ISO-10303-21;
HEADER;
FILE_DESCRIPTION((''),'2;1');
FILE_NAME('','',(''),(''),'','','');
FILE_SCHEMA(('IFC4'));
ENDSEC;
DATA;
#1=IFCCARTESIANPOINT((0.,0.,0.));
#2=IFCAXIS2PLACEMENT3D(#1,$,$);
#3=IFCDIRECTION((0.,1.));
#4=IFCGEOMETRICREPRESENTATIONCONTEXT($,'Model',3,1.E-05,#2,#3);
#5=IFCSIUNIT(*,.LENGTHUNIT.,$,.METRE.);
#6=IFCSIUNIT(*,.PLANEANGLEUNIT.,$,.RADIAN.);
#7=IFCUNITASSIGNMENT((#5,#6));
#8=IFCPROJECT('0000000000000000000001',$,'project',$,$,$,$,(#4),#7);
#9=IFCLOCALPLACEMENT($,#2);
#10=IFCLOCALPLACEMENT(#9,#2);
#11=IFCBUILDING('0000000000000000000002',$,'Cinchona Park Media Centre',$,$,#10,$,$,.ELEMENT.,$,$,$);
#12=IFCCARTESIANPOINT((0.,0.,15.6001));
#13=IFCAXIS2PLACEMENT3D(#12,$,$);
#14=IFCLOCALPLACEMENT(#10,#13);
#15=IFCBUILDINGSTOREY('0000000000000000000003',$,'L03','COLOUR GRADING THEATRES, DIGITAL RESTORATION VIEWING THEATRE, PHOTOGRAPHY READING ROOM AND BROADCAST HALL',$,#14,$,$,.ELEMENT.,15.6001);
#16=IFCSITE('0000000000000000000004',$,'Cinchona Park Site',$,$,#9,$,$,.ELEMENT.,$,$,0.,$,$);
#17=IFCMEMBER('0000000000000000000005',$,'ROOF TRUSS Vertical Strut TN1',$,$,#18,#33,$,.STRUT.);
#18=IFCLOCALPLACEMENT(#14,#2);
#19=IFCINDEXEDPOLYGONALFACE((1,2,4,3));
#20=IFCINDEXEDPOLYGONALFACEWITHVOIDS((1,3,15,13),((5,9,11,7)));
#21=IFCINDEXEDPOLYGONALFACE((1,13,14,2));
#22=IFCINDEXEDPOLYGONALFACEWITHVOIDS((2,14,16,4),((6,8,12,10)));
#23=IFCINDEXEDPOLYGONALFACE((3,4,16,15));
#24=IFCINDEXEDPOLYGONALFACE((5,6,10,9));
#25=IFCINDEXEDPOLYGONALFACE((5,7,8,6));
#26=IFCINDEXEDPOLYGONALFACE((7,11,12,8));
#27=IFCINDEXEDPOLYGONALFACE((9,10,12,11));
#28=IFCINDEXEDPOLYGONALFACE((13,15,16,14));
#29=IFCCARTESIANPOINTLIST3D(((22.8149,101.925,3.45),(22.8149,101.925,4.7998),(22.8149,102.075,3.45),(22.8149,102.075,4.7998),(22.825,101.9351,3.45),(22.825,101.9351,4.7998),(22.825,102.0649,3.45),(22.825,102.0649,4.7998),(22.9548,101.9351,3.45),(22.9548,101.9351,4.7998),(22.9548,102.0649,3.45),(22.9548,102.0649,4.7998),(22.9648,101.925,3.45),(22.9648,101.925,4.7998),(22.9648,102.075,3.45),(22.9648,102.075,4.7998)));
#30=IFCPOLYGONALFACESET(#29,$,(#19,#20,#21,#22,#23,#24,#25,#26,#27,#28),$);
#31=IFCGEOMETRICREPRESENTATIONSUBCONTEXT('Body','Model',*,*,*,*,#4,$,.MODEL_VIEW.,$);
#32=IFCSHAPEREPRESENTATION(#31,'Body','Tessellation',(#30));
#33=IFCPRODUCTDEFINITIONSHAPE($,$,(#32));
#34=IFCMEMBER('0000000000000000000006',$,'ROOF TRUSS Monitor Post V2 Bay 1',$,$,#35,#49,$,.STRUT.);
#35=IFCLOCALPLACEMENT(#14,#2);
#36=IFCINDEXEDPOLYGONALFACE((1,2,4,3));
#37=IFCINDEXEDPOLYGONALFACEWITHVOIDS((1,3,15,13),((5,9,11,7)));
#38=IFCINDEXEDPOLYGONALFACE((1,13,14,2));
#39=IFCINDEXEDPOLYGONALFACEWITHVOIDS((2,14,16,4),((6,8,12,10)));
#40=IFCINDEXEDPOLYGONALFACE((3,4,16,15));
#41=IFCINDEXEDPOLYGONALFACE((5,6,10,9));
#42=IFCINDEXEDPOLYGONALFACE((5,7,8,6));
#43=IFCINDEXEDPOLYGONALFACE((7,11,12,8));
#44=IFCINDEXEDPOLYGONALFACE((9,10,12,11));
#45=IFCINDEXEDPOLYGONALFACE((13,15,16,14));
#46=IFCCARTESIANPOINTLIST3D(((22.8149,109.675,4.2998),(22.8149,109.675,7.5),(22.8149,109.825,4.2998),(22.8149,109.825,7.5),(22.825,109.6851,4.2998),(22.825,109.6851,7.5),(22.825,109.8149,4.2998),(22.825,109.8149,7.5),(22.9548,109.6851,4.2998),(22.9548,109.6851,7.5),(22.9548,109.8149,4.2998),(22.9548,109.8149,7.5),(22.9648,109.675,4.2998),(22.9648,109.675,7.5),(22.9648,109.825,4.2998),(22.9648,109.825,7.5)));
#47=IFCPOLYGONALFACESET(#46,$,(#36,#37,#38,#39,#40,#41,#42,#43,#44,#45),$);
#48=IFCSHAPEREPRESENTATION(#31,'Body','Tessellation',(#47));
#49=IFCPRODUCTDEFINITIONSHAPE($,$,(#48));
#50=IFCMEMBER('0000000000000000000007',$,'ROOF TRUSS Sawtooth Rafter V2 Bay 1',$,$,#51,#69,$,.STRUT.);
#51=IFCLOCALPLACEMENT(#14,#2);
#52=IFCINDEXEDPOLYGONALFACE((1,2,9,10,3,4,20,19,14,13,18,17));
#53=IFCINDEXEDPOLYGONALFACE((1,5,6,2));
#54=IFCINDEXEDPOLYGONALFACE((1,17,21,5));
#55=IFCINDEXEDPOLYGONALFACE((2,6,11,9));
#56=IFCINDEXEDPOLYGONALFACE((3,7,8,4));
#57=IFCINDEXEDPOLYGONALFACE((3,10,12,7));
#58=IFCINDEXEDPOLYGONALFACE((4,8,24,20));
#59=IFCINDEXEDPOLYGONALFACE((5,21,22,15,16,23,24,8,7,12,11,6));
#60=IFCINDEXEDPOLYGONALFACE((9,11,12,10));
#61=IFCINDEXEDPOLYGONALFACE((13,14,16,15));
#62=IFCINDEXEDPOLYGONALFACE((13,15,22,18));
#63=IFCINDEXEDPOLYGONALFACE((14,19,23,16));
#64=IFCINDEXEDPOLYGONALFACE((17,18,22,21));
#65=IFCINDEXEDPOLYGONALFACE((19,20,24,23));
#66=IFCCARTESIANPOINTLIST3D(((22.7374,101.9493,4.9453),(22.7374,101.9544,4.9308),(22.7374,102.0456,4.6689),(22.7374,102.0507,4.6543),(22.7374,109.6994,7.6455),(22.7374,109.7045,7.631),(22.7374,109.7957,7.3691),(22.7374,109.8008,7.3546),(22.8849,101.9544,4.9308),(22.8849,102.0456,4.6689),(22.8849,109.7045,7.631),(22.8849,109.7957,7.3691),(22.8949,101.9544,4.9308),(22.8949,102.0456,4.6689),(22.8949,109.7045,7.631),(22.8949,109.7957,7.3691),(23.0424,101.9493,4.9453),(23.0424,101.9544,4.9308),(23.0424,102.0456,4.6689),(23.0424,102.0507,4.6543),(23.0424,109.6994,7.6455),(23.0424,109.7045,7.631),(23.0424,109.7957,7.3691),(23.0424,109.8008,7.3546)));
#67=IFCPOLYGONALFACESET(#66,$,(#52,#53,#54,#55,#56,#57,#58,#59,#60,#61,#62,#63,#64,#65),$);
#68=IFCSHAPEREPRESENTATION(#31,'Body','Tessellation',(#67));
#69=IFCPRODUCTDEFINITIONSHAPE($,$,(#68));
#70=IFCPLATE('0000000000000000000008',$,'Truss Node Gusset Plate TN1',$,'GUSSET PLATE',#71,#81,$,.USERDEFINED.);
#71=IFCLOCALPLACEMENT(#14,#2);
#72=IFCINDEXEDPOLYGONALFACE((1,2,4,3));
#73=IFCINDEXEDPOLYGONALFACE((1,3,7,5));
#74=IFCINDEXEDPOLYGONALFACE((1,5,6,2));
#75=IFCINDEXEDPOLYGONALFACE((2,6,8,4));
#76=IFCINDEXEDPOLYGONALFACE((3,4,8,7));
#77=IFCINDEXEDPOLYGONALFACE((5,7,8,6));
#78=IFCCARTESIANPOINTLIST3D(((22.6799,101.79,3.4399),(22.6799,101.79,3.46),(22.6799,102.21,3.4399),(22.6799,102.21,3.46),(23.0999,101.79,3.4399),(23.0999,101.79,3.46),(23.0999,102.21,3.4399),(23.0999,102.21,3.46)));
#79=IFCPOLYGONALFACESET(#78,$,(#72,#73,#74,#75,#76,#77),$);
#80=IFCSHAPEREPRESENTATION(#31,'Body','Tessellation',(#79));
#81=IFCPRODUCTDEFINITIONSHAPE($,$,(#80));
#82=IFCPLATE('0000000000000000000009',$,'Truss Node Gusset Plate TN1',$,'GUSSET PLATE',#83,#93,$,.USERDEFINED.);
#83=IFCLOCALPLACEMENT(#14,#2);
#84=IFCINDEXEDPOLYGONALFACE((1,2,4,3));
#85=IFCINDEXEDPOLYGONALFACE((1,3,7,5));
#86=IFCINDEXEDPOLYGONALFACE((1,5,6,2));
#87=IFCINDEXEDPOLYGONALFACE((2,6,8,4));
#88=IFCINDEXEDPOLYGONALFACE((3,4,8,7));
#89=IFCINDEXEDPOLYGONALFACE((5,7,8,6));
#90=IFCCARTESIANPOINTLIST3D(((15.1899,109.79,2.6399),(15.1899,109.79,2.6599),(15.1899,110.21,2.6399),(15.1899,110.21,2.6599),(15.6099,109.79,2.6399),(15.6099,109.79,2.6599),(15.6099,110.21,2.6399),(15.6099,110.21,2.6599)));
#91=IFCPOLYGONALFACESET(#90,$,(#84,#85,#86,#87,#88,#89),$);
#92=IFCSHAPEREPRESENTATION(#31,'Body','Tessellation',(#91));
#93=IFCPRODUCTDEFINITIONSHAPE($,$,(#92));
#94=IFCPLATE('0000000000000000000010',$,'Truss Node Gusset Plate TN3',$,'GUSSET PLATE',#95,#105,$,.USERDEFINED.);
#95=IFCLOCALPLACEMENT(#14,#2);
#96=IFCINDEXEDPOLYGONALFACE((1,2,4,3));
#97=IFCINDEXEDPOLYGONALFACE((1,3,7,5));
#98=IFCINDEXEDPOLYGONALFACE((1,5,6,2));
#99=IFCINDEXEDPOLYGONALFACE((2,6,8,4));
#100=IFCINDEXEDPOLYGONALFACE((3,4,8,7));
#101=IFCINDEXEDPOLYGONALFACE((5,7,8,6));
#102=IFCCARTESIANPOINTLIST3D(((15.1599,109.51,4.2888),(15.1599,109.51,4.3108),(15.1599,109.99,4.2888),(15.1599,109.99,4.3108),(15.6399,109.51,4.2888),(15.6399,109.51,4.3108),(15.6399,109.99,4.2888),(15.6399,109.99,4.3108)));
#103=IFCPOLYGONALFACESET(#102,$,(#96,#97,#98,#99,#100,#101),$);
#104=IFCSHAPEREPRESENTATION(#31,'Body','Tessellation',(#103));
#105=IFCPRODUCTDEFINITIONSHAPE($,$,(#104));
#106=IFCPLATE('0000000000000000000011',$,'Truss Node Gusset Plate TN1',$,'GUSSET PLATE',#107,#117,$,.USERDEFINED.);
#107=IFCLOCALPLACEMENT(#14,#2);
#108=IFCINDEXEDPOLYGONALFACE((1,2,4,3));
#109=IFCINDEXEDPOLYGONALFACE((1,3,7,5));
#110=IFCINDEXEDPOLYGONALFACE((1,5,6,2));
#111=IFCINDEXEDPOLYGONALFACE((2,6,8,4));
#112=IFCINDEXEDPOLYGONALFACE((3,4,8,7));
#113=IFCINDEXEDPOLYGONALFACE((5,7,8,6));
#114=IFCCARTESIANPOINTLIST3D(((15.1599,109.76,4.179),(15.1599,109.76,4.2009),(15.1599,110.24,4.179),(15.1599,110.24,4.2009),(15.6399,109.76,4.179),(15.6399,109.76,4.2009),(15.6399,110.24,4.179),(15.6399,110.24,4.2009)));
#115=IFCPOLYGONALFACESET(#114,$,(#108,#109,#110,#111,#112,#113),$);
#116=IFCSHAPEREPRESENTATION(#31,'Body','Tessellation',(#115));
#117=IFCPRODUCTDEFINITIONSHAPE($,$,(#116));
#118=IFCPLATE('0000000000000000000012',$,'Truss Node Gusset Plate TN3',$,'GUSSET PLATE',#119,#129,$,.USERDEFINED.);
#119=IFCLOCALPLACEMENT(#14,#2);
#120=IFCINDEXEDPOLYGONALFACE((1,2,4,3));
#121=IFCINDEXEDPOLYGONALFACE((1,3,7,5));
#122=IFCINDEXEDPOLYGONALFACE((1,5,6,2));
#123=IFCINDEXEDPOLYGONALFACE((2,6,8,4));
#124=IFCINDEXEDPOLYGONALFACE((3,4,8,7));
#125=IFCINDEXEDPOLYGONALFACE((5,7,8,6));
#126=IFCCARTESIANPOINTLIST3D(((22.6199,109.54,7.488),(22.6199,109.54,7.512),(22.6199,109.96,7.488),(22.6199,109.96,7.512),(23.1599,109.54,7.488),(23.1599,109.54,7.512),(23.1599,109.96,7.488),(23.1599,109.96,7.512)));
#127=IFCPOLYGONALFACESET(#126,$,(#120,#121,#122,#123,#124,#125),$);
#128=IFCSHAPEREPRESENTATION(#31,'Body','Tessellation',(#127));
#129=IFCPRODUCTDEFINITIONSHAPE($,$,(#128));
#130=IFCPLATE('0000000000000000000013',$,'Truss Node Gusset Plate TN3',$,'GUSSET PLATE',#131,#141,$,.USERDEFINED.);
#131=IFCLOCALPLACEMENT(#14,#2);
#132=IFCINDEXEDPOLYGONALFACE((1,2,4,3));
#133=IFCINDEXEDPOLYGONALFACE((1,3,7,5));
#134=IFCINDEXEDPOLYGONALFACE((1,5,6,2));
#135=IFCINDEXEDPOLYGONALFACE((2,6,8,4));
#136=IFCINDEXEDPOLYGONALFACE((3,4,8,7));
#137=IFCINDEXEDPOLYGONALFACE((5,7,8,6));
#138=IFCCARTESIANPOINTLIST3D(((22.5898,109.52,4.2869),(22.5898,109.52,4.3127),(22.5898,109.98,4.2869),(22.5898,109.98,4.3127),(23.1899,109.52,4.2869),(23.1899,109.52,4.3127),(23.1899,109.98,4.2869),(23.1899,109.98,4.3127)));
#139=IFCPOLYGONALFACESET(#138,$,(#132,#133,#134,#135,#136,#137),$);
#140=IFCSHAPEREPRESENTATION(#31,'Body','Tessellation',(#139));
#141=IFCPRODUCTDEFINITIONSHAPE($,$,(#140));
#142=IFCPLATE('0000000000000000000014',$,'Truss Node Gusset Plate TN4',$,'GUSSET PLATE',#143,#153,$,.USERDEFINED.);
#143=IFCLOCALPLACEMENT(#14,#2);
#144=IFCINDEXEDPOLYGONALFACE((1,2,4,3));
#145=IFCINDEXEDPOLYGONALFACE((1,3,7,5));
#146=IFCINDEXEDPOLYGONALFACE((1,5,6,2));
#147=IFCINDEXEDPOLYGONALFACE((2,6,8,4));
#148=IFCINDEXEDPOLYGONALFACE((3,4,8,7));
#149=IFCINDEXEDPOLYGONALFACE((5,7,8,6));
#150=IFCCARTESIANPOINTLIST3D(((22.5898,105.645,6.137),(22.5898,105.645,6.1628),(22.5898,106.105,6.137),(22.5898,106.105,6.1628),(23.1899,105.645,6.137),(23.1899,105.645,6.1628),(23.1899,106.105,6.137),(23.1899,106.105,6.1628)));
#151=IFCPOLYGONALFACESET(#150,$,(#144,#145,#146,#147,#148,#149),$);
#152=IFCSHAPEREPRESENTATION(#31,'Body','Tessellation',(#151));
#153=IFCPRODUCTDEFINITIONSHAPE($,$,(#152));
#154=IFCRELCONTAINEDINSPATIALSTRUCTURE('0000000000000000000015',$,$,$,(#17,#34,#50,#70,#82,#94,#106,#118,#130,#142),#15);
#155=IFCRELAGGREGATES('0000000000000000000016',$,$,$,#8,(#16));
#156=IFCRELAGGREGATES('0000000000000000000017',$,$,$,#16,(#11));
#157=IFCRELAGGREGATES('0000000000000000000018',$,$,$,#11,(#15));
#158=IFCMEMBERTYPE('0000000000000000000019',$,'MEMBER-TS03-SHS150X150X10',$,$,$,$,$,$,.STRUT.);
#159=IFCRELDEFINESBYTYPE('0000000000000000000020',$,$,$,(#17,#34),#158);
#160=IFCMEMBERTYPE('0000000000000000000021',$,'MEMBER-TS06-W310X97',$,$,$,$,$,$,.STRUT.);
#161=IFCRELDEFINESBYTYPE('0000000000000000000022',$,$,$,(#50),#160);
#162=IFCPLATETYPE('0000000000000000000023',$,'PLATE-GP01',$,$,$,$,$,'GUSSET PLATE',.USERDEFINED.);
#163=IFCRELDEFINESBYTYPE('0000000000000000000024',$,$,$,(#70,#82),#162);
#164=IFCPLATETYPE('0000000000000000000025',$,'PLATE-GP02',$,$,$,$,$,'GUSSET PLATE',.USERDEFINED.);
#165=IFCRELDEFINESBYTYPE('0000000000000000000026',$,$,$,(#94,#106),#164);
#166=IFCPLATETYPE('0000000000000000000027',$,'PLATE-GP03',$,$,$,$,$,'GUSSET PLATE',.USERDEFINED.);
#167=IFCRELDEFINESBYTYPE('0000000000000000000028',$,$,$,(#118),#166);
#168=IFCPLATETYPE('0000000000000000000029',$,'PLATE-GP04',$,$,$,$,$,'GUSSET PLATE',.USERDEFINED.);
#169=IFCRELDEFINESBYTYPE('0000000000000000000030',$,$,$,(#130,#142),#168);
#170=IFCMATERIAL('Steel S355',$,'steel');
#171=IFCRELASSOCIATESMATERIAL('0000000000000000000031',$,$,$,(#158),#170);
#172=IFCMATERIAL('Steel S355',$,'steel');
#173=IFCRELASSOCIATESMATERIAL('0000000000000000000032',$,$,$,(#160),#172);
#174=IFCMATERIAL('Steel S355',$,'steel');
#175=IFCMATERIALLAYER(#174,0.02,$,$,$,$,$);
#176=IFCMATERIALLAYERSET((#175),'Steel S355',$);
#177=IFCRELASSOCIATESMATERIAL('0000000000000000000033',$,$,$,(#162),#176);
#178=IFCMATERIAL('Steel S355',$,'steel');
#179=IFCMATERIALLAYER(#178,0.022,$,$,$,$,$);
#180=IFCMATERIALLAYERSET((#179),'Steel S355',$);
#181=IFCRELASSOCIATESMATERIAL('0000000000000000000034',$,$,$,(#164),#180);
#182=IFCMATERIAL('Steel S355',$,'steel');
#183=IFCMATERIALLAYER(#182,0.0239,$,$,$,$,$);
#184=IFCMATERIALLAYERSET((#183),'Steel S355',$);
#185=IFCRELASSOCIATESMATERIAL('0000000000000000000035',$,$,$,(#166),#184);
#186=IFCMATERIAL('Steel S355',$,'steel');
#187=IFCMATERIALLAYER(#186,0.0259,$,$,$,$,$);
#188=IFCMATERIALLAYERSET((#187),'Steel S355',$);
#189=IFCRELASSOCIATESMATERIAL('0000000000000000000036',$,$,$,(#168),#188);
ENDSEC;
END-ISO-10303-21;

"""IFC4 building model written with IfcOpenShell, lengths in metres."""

from ifc_helpers import new_model, si_unit, direction, frame, origin, origin_2d, place, context, subcontext, project, spatial, rectangle, hollow_rectangle, i_section, extrude, material, layer, layer_set, material_profile, profile_set, type_object, element, save


model = new_model("IFC4")

# Units and contexts
model_context = context("Model", 3, precision=1e-05, world=origin(), true_north=direction((0.0, 1.0)))
body_context = subcontext(model_context, "Body", "Model", "MODEL_VIEW")
ifc_project = project(units=[si_unit("LENGTHUNIT", "METRE"), si_unit("PLANEANGLEUNIT", "RADIAN")], contexts=[model_context])

# Site, building, storey
site_placement = place(None, origin())
site = spatial("IfcSite", under=ifc_project, at=site_placement, Name="Cinchona Park Site", CompositionType="ELEMENT", RefElevation=0.0)
building_placement = place(site_placement, origin())
building = spatial("IfcBuilding", under=site, at=building_placement, Name="Cinchona Park Media Centre", CompositionType="ELEMENT")
storey_placement = place(building_placement, frame((0.0, 0.0, 15.6001)))
storey = spatial("IfcBuildingStorey", under=building, at=storey_placement, Name="L03", Description="COLOUR GRADING THEATRES, DIGITAL RESTORATION VIEWING THEATRE, PHOTOGRAPHY READING ROOM AND BROADCAST HALL", CompositionType="ELEMENT", Elevation=15.6001)

# Members
ifc_material_1 = material(Name="Steel S355", Category="steel")
ifc_material_profile_1 = material_profile(ifc_material_1, hollow_rectangle(XDim=0.1499, YDim=0.1499, WallThickness=0.01, at=origin_2d()), Name="150X150X10SHS")
ifc_profile_set_1 = profile_set([ifc_material_profile_1], Name="Steel S355")
member_type_1 = type_object("IfcMemberType", Name="MEMBER-TS03-SHS150X150X10", PredefinedType="STRUT", material=ifc_profile_set_1)
member_1_placement = place(storey_placement, frame((22.8899, 102.0, 3.45), z_axis=(0.0, 0.0, 1.0), x_axis=(1.0, 0.0, 0.0)))
element("IfcMember", 1, at=member_1_placement, inside=storey, type_object=member_type_1, Name="ROOF TRUSS Vertical Strut TN1", PredefinedType="STRUT", context=body_context, shape_type="SweptSolid", body=[
    extrude(hollow_rectangle(XDim=0.1499, YDim=0.1499, WallThickness=0.01, at=origin_2d()), origin(), (0.0, 0.0, 1.0), 1.3499),
])
member_2_placement = place(storey_placement, frame((22.8899, 109.75, 4.2998), z_axis=(0.0, 0.0, 1.0), x_axis=(1.0, 0.0, 0.0)))
element("IfcMember", 2, at=member_2_placement, inside=storey, type_object=member_type_1, Name="ROOF TRUSS Monitor Post V2 Bay 1", PredefinedType="STRUT", context=body_context, shape_type="SweptSolid", body=[
    extrude(hollow_rectangle(XDim=0.1499, YDim=0.1499, WallThickness=0.01, at=origin_2d()), origin(), (0.0, 0.0, 1.0), 3.2002),
])
ifc_material_2 = material(Name="Steel S355", Category="steel")
ifc_material_profile_2 = material_profile(ifc_material_2, i_section(OverallWidth=0.3049, OverallDepth=0.3081, WebThickness=0.01, FlangeThickness=0.0154, at=origin_2d()), Name="W310X97")
ifc_profile_set_2 = profile_set([ifc_material_profile_2], Name="Steel S355")
member_type_2 = type_object("IfcMemberType", Name="MEMBER-TS06-W310X97", PredefinedType="STRUT", material=ifc_profile_set_2)
member_3_placement = place(storey_placement, frame((22.8899, 102.0, 4.7998), z_axis=(0.0, 0.944325, 0.329014), x_axis=(-1.0, 0.0, 0.0)))
element("IfcMember", 3, at=member_3_placement, inside=storey, type_object=member_type_2, Name="ROOF TRUSS Sawtooth Rafter V2 Bay 1", PredefinedType="STRUT", context=body_context, shape_type="SweptSolid", body=[
    extrude(i_section(OverallWidth=0.3049, OverallDepth=0.3081, WebThickness=0.01, FlangeThickness=0.0154, at=origin_2d()), origin(), (0.0, 0.0, 1.0), 8.207),
])

# Plates
ifc_material_3 = material(Name="Steel S355", Category="steel")
ifc_layer_1 = layer(ifc_material_3, 0.02)
ifc_layer_set_1 = layer_set([ifc_layer_1], Name="Steel S355")
plate_type_1 = type_object("IfcPlateType", Name="PLATE-GP01", ElementType="GUSSET PLATE", PredefinedType="USERDEFINED", material=ifc_layer_set_1)
for number, where, z_axis, x_axis, name in (
    (4, (22.8899, 102.0, 3.4399), (0.0, 0.0, 1.0), (1.0, 0.0, 0.0), "Truss Node Gusset Plate TN1"),
    (5, (15.3999, 110.0, 2.6399), (0.0, 0.0, 1.0), (1.0, 0.0, 0.0), "Truss Node Gusset Plate TN1"),
):
    element("IfcPlate", number, at=place(storey_placement, frame(where, z_axis=z_axis, x_axis=x_axis)), inside=storey, type_object=plate_type_1, Name=name, ObjectType="GUSSET PLATE", PredefinedType="USERDEFINED", context=body_context, shape_type="SweptSolid", body=[
        extrude(rectangle(XDim=0.4199, YDim=0.4199, at=origin_2d()), origin(), (0.0, 0.0, 1.0), 0.02),
    ])
ifc_material_4 = material(Name="Steel S355", Category="steel")
ifc_layer_2 = layer(ifc_material_4, 0.022)
ifc_layer_set_2 = layer_set([ifc_layer_2], Name="Steel S355")
plate_type_2 = type_object("IfcPlateType", Name="PLATE-GP02", ElementType="GUSSET PLATE", PredefinedType="USERDEFINED", material=ifc_layer_set_2)
for number, where, z_axis, x_axis, name in (
    (6, (15.3999, 109.75, 4.2888), (0.0, 0.0, 1.0), (1.0, 0.0, 0.0), "Truss Node Gusset Plate TN3"),
    (7, (15.3999, 110.0, 4.179), (0.0, 0.0, 1.0), (1.0, 0.0, 0.0), "Truss Node Gusset Plate TN1"),
):
    element("IfcPlate", number, at=place(storey_placement, frame(where, z_axis=z_axis, x_axis=x_axis)), inside=storey, type_object=plate_type_2, Name=name, ObjectType="GUSSET PLATE", PredefinedType="USERDEFINED", context=body_context, shape_type="SweptSolid", body=[
        extrude(rectangle(XDim=0.48, YDim=0.48, at=origin_2d()), origin(), (0.0, 0.0, 1.0), 0.022),
    ])
ifc_material_5 = material(Name="Steel S355", Category="steel")
ifc_layer_3 = layer(ifc_material_5, 0.0239)
ifc_layer_set_3 = layer_set([ifc_layer_3], Name="Steel S355")
plate_type_3 = type_object("IfcPlateType", Name="PLATE-GP03", ElementType="GUSSET PLATE", PredefinedType="USERDEFINED", material=ifc_layer_set_3)
plate_placement = place(storey_placement, frame((22.8899, 109.75, 7.488), z_axis=(0.0, 0.0, 1.0), x_axis=(1.0, 0.0, 0.0)))
element("IfcPlate", 8, at=plate_placement, inside=storey, type_object=plate_type_3, Name="Truss Node Gusset Plate TN3", ObjectType="GUSSET PLATE", PredefinedType="USERDEFINED", context=body_context, shape_type="SweptSolid", body=[
    extrude(rectangle(XDim=0.54, YDim=0.4199, at=origin_2d()), origin(), (0.0, 0.0, 1.0), 0.0239),
])
ifc_material_6 = material(Name="Steel S355", Category="steel")
ifc_layer_4 = layer(ifc_material_6, 0.0259)
ifc_layer_set_4 = layer_set([ifc_layer_4], Name="Steel S355")
plate_type_4 = type_object("IfcPlateType", Name="PLATE-GP04", ElementType="GUSSET PLATE", PredefinedType="USERDEFINED", material=ifc_layer_set_4)
for number, where, z_axis, x_axis, name in (
    (9, (22.8899, 109.75, 4.2869), (0.0, 0.0, 1.0), (1.0, 0.0, 0.0), "Truss Node Gusset Plate TN3"),
    (10, (22.8899, 105.875, 6.137), (0.0, 0.0, 1.0), (1.0, 0.0, 0.0), "Truss Node Gusset Plate TN4"),
):
    element("IfcPlate", number, at=place(storey_placement, frame(where, z_axis=z_axis, x_axis=x_axis)), inside=storey, type_object=plate_type_4, Name=name, ObjectType="GUSSET PLATE", PredefinedType="USERDEFINED", context=body_context, shape_type="SweptSolid", body=[
        extrude(rectangle(XDim=0.6001, YDim=0.46, at=origin_2d()), origin(), (0.0, 0.0, 1.0), 0.0259),
    ])

save(model, "model.ifc")
